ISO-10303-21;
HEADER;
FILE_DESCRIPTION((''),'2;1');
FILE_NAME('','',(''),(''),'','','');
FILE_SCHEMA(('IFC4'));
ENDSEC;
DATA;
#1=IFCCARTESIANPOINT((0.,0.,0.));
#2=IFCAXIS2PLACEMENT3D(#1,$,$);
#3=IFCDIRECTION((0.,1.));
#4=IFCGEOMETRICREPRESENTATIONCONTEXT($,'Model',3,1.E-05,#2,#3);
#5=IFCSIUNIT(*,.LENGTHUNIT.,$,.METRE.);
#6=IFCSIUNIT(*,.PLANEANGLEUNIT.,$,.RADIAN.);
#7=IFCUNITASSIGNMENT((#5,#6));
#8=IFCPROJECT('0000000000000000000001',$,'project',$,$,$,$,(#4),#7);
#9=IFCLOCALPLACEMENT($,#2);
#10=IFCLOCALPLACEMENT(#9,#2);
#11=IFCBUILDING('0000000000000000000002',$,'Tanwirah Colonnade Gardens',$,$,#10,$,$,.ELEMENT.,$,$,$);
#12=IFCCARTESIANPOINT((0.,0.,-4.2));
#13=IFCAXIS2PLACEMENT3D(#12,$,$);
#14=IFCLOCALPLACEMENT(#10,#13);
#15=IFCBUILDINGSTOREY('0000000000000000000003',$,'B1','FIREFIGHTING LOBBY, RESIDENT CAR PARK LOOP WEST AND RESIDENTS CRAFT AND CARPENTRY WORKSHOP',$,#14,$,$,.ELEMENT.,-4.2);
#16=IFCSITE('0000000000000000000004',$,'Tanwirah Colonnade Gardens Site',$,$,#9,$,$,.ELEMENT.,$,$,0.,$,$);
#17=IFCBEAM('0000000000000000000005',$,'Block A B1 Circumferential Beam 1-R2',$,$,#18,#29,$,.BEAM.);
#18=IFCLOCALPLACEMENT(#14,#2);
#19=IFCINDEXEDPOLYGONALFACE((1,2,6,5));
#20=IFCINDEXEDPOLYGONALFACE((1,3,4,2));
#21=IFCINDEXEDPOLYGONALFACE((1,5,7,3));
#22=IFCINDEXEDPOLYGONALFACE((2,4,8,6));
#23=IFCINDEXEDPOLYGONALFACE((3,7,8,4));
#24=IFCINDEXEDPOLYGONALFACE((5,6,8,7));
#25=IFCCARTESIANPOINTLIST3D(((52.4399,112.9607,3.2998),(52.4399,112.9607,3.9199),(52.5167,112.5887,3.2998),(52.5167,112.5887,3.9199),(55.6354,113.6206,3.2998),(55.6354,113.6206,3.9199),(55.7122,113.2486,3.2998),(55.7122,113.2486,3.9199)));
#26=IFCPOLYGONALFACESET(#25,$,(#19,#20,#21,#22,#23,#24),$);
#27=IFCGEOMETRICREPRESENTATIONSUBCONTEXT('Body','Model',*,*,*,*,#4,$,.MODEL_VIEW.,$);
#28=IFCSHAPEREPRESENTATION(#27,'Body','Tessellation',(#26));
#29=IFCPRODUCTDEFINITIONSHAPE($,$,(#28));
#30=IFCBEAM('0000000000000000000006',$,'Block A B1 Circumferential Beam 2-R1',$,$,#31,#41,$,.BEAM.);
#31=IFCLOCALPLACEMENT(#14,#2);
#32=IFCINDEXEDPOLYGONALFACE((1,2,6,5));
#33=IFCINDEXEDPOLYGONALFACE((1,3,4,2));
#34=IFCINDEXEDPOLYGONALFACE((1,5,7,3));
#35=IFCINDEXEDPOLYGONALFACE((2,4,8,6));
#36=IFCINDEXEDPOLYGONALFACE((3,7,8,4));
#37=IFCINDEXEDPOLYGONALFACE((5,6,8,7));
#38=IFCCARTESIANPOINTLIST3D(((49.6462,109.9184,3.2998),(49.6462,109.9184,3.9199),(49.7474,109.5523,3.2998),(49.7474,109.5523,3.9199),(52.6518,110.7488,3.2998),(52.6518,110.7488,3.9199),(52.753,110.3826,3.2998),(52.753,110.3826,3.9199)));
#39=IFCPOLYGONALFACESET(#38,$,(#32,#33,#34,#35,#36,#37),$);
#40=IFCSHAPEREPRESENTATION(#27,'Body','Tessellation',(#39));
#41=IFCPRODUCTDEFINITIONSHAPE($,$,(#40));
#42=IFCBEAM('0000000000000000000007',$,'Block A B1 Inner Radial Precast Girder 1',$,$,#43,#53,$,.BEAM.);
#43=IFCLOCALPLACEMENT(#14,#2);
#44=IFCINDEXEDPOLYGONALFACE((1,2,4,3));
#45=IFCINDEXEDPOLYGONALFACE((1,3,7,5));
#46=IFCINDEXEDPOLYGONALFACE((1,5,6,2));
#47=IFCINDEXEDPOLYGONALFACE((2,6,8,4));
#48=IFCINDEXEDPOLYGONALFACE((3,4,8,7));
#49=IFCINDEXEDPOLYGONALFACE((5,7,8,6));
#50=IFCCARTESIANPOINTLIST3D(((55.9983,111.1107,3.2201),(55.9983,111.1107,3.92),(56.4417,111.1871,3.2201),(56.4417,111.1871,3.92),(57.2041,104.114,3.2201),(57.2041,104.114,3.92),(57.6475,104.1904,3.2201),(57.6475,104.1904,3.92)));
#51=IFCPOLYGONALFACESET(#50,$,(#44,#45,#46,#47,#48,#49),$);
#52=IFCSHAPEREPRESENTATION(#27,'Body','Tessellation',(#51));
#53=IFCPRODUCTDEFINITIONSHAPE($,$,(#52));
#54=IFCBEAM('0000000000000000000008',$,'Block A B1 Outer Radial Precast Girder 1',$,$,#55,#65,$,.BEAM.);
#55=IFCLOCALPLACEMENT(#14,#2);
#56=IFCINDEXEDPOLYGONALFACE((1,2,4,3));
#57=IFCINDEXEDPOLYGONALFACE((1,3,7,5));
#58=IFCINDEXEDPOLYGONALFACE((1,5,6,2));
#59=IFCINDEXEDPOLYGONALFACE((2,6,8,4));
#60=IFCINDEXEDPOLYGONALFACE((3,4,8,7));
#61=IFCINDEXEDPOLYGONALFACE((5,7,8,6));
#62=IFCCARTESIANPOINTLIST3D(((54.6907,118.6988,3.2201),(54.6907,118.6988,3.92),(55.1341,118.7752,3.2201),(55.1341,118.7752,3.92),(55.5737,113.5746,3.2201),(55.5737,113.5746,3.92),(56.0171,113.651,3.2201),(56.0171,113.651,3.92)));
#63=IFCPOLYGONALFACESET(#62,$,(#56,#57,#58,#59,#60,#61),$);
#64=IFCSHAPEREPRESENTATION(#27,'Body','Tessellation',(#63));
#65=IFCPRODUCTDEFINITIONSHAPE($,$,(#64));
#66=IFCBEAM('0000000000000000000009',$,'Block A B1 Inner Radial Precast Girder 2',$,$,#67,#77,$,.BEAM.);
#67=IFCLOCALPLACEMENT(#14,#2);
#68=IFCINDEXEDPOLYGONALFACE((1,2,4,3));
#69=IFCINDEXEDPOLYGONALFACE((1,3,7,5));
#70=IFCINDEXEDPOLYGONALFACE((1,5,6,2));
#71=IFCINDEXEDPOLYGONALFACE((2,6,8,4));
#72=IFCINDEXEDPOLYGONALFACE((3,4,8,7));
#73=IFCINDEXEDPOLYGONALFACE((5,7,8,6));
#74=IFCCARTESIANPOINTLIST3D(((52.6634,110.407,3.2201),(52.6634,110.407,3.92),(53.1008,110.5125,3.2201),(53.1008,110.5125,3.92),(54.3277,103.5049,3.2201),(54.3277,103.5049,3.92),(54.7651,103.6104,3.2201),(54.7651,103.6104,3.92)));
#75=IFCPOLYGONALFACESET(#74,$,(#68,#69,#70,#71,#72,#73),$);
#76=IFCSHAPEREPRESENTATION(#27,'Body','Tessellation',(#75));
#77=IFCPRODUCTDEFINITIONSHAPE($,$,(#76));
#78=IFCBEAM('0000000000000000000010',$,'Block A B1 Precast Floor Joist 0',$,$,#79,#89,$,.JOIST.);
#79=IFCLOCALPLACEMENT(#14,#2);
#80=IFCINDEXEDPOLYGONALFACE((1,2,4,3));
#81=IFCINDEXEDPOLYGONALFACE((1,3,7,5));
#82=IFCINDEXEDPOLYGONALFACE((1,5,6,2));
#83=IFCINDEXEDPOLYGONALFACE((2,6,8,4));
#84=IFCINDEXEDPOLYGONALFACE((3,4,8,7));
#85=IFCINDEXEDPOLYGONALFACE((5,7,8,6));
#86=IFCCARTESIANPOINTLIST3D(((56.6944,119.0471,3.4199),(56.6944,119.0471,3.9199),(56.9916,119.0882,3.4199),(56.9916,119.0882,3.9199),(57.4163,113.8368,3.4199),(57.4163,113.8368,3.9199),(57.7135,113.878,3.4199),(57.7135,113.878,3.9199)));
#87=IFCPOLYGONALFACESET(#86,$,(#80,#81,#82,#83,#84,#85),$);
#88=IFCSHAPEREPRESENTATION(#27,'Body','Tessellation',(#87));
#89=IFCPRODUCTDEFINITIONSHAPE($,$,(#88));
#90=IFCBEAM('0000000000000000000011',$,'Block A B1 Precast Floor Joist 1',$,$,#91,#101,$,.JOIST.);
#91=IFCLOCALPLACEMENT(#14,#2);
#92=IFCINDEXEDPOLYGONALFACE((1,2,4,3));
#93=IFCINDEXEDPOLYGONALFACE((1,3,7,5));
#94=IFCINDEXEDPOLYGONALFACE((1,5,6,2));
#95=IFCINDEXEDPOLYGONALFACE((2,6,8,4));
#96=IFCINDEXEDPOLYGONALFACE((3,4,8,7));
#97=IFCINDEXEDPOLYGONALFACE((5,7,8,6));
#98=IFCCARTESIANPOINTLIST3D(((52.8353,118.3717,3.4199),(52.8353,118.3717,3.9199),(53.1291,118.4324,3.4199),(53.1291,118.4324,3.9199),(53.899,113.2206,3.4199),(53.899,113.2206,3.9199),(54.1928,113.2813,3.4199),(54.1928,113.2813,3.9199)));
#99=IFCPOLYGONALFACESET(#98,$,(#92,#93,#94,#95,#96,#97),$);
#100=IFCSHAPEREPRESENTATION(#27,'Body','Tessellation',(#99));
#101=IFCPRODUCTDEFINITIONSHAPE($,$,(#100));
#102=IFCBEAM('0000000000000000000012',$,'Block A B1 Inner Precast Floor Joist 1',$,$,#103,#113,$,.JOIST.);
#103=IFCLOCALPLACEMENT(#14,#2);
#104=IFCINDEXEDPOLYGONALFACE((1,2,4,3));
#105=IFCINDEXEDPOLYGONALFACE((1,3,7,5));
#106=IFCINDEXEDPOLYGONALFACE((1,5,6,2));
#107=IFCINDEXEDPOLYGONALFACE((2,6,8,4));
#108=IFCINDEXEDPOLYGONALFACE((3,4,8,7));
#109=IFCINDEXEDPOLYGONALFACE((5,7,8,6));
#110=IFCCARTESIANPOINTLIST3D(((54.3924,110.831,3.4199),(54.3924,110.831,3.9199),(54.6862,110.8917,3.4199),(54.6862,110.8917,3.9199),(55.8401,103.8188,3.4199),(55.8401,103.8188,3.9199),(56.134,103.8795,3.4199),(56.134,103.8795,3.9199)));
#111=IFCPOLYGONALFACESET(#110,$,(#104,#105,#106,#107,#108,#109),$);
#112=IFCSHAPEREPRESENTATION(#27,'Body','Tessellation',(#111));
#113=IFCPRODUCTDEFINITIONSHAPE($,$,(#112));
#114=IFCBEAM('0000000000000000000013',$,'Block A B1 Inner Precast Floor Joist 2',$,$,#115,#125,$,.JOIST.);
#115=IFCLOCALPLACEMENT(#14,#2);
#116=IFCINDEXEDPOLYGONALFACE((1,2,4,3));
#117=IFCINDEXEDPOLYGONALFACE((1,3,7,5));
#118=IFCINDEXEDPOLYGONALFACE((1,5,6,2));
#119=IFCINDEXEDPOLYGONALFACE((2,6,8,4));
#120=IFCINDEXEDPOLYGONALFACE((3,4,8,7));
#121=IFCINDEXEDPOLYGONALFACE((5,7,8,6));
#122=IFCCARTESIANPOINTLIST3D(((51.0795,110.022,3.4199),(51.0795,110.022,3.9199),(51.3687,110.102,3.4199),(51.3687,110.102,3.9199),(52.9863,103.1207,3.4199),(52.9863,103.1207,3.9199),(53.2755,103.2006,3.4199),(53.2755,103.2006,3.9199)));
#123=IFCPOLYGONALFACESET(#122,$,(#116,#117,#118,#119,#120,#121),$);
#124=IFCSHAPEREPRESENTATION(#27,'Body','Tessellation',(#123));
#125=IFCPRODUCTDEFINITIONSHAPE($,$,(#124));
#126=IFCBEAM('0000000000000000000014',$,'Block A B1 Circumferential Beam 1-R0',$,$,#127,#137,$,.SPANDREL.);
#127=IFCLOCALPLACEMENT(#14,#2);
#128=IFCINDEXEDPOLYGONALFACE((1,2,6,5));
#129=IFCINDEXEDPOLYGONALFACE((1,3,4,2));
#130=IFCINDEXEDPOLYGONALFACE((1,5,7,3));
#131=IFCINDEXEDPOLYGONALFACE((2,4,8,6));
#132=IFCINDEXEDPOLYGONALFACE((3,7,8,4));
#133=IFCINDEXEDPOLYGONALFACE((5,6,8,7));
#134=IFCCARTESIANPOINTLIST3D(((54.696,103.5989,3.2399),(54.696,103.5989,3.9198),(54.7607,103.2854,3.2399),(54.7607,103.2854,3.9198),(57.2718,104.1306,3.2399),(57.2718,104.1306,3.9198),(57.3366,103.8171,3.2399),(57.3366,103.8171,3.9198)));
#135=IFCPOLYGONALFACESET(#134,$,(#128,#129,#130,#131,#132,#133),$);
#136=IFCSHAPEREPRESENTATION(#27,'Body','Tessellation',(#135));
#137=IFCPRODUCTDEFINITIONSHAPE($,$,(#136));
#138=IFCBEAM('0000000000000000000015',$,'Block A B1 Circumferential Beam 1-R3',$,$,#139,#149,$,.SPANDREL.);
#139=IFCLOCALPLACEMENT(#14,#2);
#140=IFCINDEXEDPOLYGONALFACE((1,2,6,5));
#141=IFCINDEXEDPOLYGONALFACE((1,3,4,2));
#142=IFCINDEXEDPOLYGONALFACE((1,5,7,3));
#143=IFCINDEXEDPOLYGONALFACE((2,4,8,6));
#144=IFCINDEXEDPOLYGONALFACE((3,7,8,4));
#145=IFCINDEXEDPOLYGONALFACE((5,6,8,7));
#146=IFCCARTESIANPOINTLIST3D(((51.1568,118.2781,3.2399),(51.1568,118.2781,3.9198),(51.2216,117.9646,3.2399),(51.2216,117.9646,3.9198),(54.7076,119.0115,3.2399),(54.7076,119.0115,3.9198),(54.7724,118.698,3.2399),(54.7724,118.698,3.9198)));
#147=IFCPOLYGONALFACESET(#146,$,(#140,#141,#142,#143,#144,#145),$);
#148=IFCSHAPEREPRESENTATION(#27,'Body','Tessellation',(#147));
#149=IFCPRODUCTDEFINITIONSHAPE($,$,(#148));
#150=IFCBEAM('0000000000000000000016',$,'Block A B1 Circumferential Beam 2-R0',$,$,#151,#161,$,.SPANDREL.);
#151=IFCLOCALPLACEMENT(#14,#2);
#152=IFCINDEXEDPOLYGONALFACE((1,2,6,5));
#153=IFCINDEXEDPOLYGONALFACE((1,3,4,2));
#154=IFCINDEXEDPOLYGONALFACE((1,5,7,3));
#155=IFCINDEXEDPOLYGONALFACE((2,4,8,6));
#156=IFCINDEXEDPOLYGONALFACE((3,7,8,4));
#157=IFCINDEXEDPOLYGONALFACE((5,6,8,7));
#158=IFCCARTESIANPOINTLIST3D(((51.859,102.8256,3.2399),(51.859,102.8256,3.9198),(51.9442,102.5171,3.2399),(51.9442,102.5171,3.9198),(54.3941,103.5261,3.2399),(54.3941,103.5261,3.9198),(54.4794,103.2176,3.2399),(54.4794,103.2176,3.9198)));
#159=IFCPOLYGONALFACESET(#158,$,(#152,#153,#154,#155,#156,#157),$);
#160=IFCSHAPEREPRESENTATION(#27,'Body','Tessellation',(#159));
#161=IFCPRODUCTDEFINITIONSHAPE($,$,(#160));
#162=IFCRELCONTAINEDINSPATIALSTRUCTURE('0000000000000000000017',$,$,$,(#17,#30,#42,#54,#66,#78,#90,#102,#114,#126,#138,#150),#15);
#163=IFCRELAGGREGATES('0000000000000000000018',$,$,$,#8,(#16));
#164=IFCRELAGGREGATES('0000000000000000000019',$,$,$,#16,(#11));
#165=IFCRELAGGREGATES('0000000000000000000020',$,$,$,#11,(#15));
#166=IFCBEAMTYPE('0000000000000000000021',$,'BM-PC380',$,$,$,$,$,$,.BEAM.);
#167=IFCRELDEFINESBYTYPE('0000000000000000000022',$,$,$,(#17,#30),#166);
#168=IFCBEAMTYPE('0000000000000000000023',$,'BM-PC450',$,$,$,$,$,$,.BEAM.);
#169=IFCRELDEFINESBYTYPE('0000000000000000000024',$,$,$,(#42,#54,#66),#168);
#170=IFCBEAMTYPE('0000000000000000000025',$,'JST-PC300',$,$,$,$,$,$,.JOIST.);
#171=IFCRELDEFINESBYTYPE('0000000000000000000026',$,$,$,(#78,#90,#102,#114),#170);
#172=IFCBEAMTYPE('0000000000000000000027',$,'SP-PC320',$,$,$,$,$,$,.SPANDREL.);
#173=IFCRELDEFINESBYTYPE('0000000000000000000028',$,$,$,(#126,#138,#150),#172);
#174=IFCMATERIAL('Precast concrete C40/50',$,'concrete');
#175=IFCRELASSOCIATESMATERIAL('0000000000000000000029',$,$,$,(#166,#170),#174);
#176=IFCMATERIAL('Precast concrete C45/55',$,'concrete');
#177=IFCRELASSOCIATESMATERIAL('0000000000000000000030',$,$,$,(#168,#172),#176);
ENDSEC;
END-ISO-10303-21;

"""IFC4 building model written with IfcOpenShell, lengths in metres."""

from ifc_helpers import new_model, si_unit, direction, frame, origin, origin_2d, place, context, subcontext, project, spatial, rectangle, extrude, material, material_profile, profile_set, type_object, element, save


model = new_model("IFC4")

# Units and contexts
model_context = context("Model", 3, precision=1e-05, world=origin(), true_north=direction((0.0, 1.0)))
body_context = subcontext(model_context, "Body", "Model", "MODEL_VIEW")
ifc_project = project(units=[si_unit("LENGTHUNIT", "METRE"), si_unit("PLANEANGLEUNIT", "RADIAN")], contexts=[model_context])

# Site, building, storey
site_placement = place(None, origin())
site = spatial("IfcSite", under=ifc_project, at=site_placement, Name="Tanwirah Colonnade Gardens Site", CompositionType="ELEMENT", RefElevation=0.0)
building_placement = place(site_placement, origin())
building = spatial("IfcBuilding", under=site, at=building_placement, Name="Tanwirah Colonnade Gardens", CompositionType="ELEMENT")
storey_placement = place(building_placement, frame((0.0, 0.0, -4.2)))
storey = spatial("IfcBuildingStorey", under=building, at=storey_placement, Name="B1", Description="FIREFIGHTING LOBBY, RESIDENT CAR PARK LOOP WEST AND RESIDENTS CRAFT AND CARPENTRY WORKSHOP", CompositionType="ELEMENT", Elevation=-4.2)

# Beams
ifc_material_1 = material(Name="Precast concrete C40/50", Category="concrete")
ifc_material_profile_1 = material_profile(ifc_material_1, rectangle(XDim=0.3799, YDim=0.6201, at=origin_2d()), Name="PC-BM 380x620")
ifc_profile_set_1 = profile_set([ifc_material_profile_1], Name="Precast concrete C40/50")
beam_type_1 = type_object("IfcBeamType", Name="BM-PC380", PredefinedType="BEAM", material=ifc_profile_set_1)
beam_1_placement = place(storey_placement, frame((55.6738, 113.4346, 3.6099), z_axis=(-0.979336, -0.202242, 0.0), x_axis=(0.202242, -0.979336, 0.0)))
element("IfcBeam", 1, at=beam_1_placement, inside=storey, type_object=beam_type_1, Name="Block A B1 Circumferential Beam 1-R2", PredefinedType="BEAM", context=body_context, shape_type="SweptSolid", body=[
    extrude(rectangle(XDim=0.3799, YDim=0.6201, at=origin_2d()), origin(), (0.0, 0.0, 1.0), 3.2629),
])
beam_2_placement = place(storey_placement, frame((52.7024, 110.5657, 3.6099), z_axis=(-0.963895, -0.266283, 0.0), x_axis=(0.266283, -0.963895, 0.0)))
element("IfcBeam", 2, at=beam_2_placement, inside=storey, type_object=beam_type_1, Name="Block A B1 Circumferential Beam 2-R1", PredefinedType="BEAM", context=body_context, shape_type="SweptSolid", body=[
    extrude(rectangle(XDim=0.3799, YDim=0.6201, at=origin_2d()), origin(), (0.0, 0.0, 1.0), 3.1182),
])
ifc_material_2 = material(Name="Precast concrete C45/55", Category="concrete")
ifc_material_profile_2 = material_profile(ifc_material_2, rectangle(XDim=0.45, YDim=0.7, at=origin_2d()), Name="PC-BM 450x700")
ifc_profile_set_2 = profile_set([ifc_material_profile_2], Name="Precast concrete C45/55")
beam_type_2 = type_object("IfcBeamType", Name="BM-PC450", PredefinedType="BEAM", material=ifc_profile_set_2)
beam_3_placement = place(storey_placement, frame((56.22, 111.1489, 3.5701), z_axis=(0.169833, -0.985473, 0.0), x_axis=(0.985473, 0.169833, 0.0)))
element("IfcBeam", 3, at=beam_3_placement, inside=storey, type_object=beam_type_2, Name="Block A B1 Inner Radial Precast Girder 1", PredefinedType="BEAM", context=body_context, shape_type="SweptSolid", body=[
    extrude(rectangle(XDim=0.45, YDim=0.7, at=origin_2d()), origin(), (0.0, 0.0, 1.0), 7.0999),
])
beam_4_placement = place(storey_placement, frame((55.7954, 113.6128, 3.5701), z_axis=(-0.169825, 0.985474, 0.0), x_axis=(-0.985474, -0.169825, 0.0)))
element("IfcBeam", 4, at=beam_4_placement, inside=storey, type_object=beam_type_2, Name="Block A B1 Outer Radial Precast Girder 1", PredefinedType="BEAM", context=body_context, shape_type="SweptSolid", body=[
    extrude(rectangle(XDim=0.45, YDim=0.7, at=origin_2d()), origin(), (0.0, 0.0, 1.0), 5.1997),
])
beam_5_placement = place(storey_placement, frame((52.8821, 110.4597, 3.5701), z_axis=(0.234412, -0.972137, 0.0), x_axis=(0.972137, 0.234412, 0.0)))
element("IfcBeam", 5, at=beam_5_placement, inside=storey, type_object=beam_type_2, Name="Block A B1 Inner Radial Precast Girder 2", PredefinedType="BEAM", context=body_context, shape_type="SweptSolid", body=[
    extrude(rectangle(XDim=0.45, YDim=0.7, at=origin_2d()), origin(), (0.0, 0.0, 1.0), 7.0999),
])
ifc_material_profile_3 = material_profile(ifc_material_1, rectangle(XDim=0.3, YDim=0.5, at=origin_2d()), Name="PC-JST 300x500")
ifc_profile_set_3 = profile_set([ifc_material_profile_3], Name="Precast concrete C40/50")
beam_type_3 = type_object("IfcBeamType", Name="JST-PC300", PredefinedType="JOIST", material=ifc_profile_set_3)
beam_6_placement = place(storey_placement, frame((57.5649, 113.8574, 3.6699), z_axis=(-0.137248, 0.990537, 0.0), x_axis=(-0.990537, -0.137248, 0.0)))
element("IfcBeam", 6, at=beam_6_placement, inside=storey, type_object=beam_type_3, Name="Block A B1 Precast Floor Joist 0", PredefinedType="JOIST", context=body_context, shape_type="SweptSolid", body=[
    extrude(rectangle(XDim=0.3, YDim=0.5, at=origin_2d()), origin(), (0.0, 0.0, 1.0), 5.26),
])
beam_7_placement = place(storey_placement, frame((54.0459, 113.251, 3.6699), z_axis=(-0.202236, 0.979337, 0.0), x_axis=(-0.979337, -0.202236, 0.0)))
element("IfcBeam", 7, at=beam_7_placement, inside=storey, type_object=beam_type_3, Name="Block A B1 Precast Floor Joist 1", PredefinedType="JOIST", context=body_context, shape_type="SweptSolid", body=[
    extrude(rectangle(XDim=0.3, YDim=0.5, at=origin_2d()), origin(), (0.0, 0.0, 1.0), 5.2598),
])
beam_8_placement = place(storey_placement, frame((55.9871, 103.8491, 3.6699), z_axis=(-0.202197, 0.979345, 0.0), x_axis=(-0.979345, -0.202197, 0.0)))
element("IfcBeam", 8, at=beam_8_placement, inside=storey, type_object=beam_type_3, Name="Block A B1 Inner Precast Floor Joist 1", PredefinedType="JOIST", context=body_context, shape_type="SweptSolid", body=[
    extrude(rectangle(XDim=0.3, YDim=0.5, at=origin_2d()), origin(), (0.0, 0.0, 1.0), 7.1602),
])
beam_9_placement = place(storey_placement, frame((53.1309, 103.1606, 3.6699), z_axis=(-0.266307, 0.963888, 0.0), x_axis=(-0.963888, -0.266307, 0.0)))
element("IfcBeam", 9, at=beam_9_placement, inside=storey, type_object=beam_type_3, Name="Block A B1 Inner Precast Floor Joist 2", PredefinedType="JOIST", context=body_context, shape_type="SweptSolid", body=[
    extrude(rectangle(XDim=0.3, YDim=0.5, at=origin_2d()), origin(), (0.0, 0.0, 1.0), 7.1599),
])
ifc_material_profile_4 = material_profile(ifc_material_2, rectangle(XDim=0.3201, YDim=0.6799, at=origin_2d()), Name="PC-SP 320x680")
ifc_profile_set_4 = profile_set([ifc_material_profile_4], Name="Precast concrete C45/55")
beam_type_4 = type_object("IfcBeamType", Name="SP-PC320", PredefinedType="SPANDREL", material=ifc_profile_set_4)
beam_10_placement = place(storey_placement, frame((57.3042, 103.9739, 3.5798), z_axis=(-0.979352, -0.202164, 0.0), x_axis=(0.202164, -0.979352, 0.0)))
element("IfcBeam", 10, at=beam_10_placement, inside=storey, type_object=beam_type_4, Name="Block A B1 Circumferential Beam 1-R0", PredefinedType="SPANDREL", context=body_context, shape_type="SweptSolid", body=[
    extrude(rectangle(XDim=0.3201, YDim=0.6799, at=origin_2d()), origin(), (0.0, 0.0, 1.0), 2.6301),
])
beam_11_placement = place(storey_placement, frame((54.74, 118.8547, 3.5798), z_axis=(-0.979329, -0.202276, 0.0), x_axis=(0.202276, -0.979329, 0.0)))
element("IfcBeam", 11, at=beam_11_placement, inside=storey, type_object=beam_type_4, Name="Block A B1 Circumferential Beam 1-R3", PredefinedType="SPANDREL", context=body_context, shape_type="SweptSolid", body=[
    extrude(rectangle(XDim=0.3201, YDim=0.6799, at=origin_2d()), origin(), (0.0, 0.0, 1.0), 3.6257),
])
beam_12_placement = place(storey_placement, frame((54.4368, 103.3718, 3.5798), z_axis=(-0.963887, -0.266313, 0.0), x_axis=(0.266313, -0.963887, 0.0)))
element("IfcBeam", 12, at=beam_12_placement, inside=storey, type_object=beam_type_4, Name="Block A B1 Circumferential Beam 2-R0", PredefinedType="SPANDREL", context=body_context, shape_type="SweptSolid", body=[
    extrude(rectangle(XDim=0.3201, YDim=0.6799, at=origin_2d()), origin(), (0.0, 0.0, 1.0), 2.6301),
])

save(model, "model.ifc")
